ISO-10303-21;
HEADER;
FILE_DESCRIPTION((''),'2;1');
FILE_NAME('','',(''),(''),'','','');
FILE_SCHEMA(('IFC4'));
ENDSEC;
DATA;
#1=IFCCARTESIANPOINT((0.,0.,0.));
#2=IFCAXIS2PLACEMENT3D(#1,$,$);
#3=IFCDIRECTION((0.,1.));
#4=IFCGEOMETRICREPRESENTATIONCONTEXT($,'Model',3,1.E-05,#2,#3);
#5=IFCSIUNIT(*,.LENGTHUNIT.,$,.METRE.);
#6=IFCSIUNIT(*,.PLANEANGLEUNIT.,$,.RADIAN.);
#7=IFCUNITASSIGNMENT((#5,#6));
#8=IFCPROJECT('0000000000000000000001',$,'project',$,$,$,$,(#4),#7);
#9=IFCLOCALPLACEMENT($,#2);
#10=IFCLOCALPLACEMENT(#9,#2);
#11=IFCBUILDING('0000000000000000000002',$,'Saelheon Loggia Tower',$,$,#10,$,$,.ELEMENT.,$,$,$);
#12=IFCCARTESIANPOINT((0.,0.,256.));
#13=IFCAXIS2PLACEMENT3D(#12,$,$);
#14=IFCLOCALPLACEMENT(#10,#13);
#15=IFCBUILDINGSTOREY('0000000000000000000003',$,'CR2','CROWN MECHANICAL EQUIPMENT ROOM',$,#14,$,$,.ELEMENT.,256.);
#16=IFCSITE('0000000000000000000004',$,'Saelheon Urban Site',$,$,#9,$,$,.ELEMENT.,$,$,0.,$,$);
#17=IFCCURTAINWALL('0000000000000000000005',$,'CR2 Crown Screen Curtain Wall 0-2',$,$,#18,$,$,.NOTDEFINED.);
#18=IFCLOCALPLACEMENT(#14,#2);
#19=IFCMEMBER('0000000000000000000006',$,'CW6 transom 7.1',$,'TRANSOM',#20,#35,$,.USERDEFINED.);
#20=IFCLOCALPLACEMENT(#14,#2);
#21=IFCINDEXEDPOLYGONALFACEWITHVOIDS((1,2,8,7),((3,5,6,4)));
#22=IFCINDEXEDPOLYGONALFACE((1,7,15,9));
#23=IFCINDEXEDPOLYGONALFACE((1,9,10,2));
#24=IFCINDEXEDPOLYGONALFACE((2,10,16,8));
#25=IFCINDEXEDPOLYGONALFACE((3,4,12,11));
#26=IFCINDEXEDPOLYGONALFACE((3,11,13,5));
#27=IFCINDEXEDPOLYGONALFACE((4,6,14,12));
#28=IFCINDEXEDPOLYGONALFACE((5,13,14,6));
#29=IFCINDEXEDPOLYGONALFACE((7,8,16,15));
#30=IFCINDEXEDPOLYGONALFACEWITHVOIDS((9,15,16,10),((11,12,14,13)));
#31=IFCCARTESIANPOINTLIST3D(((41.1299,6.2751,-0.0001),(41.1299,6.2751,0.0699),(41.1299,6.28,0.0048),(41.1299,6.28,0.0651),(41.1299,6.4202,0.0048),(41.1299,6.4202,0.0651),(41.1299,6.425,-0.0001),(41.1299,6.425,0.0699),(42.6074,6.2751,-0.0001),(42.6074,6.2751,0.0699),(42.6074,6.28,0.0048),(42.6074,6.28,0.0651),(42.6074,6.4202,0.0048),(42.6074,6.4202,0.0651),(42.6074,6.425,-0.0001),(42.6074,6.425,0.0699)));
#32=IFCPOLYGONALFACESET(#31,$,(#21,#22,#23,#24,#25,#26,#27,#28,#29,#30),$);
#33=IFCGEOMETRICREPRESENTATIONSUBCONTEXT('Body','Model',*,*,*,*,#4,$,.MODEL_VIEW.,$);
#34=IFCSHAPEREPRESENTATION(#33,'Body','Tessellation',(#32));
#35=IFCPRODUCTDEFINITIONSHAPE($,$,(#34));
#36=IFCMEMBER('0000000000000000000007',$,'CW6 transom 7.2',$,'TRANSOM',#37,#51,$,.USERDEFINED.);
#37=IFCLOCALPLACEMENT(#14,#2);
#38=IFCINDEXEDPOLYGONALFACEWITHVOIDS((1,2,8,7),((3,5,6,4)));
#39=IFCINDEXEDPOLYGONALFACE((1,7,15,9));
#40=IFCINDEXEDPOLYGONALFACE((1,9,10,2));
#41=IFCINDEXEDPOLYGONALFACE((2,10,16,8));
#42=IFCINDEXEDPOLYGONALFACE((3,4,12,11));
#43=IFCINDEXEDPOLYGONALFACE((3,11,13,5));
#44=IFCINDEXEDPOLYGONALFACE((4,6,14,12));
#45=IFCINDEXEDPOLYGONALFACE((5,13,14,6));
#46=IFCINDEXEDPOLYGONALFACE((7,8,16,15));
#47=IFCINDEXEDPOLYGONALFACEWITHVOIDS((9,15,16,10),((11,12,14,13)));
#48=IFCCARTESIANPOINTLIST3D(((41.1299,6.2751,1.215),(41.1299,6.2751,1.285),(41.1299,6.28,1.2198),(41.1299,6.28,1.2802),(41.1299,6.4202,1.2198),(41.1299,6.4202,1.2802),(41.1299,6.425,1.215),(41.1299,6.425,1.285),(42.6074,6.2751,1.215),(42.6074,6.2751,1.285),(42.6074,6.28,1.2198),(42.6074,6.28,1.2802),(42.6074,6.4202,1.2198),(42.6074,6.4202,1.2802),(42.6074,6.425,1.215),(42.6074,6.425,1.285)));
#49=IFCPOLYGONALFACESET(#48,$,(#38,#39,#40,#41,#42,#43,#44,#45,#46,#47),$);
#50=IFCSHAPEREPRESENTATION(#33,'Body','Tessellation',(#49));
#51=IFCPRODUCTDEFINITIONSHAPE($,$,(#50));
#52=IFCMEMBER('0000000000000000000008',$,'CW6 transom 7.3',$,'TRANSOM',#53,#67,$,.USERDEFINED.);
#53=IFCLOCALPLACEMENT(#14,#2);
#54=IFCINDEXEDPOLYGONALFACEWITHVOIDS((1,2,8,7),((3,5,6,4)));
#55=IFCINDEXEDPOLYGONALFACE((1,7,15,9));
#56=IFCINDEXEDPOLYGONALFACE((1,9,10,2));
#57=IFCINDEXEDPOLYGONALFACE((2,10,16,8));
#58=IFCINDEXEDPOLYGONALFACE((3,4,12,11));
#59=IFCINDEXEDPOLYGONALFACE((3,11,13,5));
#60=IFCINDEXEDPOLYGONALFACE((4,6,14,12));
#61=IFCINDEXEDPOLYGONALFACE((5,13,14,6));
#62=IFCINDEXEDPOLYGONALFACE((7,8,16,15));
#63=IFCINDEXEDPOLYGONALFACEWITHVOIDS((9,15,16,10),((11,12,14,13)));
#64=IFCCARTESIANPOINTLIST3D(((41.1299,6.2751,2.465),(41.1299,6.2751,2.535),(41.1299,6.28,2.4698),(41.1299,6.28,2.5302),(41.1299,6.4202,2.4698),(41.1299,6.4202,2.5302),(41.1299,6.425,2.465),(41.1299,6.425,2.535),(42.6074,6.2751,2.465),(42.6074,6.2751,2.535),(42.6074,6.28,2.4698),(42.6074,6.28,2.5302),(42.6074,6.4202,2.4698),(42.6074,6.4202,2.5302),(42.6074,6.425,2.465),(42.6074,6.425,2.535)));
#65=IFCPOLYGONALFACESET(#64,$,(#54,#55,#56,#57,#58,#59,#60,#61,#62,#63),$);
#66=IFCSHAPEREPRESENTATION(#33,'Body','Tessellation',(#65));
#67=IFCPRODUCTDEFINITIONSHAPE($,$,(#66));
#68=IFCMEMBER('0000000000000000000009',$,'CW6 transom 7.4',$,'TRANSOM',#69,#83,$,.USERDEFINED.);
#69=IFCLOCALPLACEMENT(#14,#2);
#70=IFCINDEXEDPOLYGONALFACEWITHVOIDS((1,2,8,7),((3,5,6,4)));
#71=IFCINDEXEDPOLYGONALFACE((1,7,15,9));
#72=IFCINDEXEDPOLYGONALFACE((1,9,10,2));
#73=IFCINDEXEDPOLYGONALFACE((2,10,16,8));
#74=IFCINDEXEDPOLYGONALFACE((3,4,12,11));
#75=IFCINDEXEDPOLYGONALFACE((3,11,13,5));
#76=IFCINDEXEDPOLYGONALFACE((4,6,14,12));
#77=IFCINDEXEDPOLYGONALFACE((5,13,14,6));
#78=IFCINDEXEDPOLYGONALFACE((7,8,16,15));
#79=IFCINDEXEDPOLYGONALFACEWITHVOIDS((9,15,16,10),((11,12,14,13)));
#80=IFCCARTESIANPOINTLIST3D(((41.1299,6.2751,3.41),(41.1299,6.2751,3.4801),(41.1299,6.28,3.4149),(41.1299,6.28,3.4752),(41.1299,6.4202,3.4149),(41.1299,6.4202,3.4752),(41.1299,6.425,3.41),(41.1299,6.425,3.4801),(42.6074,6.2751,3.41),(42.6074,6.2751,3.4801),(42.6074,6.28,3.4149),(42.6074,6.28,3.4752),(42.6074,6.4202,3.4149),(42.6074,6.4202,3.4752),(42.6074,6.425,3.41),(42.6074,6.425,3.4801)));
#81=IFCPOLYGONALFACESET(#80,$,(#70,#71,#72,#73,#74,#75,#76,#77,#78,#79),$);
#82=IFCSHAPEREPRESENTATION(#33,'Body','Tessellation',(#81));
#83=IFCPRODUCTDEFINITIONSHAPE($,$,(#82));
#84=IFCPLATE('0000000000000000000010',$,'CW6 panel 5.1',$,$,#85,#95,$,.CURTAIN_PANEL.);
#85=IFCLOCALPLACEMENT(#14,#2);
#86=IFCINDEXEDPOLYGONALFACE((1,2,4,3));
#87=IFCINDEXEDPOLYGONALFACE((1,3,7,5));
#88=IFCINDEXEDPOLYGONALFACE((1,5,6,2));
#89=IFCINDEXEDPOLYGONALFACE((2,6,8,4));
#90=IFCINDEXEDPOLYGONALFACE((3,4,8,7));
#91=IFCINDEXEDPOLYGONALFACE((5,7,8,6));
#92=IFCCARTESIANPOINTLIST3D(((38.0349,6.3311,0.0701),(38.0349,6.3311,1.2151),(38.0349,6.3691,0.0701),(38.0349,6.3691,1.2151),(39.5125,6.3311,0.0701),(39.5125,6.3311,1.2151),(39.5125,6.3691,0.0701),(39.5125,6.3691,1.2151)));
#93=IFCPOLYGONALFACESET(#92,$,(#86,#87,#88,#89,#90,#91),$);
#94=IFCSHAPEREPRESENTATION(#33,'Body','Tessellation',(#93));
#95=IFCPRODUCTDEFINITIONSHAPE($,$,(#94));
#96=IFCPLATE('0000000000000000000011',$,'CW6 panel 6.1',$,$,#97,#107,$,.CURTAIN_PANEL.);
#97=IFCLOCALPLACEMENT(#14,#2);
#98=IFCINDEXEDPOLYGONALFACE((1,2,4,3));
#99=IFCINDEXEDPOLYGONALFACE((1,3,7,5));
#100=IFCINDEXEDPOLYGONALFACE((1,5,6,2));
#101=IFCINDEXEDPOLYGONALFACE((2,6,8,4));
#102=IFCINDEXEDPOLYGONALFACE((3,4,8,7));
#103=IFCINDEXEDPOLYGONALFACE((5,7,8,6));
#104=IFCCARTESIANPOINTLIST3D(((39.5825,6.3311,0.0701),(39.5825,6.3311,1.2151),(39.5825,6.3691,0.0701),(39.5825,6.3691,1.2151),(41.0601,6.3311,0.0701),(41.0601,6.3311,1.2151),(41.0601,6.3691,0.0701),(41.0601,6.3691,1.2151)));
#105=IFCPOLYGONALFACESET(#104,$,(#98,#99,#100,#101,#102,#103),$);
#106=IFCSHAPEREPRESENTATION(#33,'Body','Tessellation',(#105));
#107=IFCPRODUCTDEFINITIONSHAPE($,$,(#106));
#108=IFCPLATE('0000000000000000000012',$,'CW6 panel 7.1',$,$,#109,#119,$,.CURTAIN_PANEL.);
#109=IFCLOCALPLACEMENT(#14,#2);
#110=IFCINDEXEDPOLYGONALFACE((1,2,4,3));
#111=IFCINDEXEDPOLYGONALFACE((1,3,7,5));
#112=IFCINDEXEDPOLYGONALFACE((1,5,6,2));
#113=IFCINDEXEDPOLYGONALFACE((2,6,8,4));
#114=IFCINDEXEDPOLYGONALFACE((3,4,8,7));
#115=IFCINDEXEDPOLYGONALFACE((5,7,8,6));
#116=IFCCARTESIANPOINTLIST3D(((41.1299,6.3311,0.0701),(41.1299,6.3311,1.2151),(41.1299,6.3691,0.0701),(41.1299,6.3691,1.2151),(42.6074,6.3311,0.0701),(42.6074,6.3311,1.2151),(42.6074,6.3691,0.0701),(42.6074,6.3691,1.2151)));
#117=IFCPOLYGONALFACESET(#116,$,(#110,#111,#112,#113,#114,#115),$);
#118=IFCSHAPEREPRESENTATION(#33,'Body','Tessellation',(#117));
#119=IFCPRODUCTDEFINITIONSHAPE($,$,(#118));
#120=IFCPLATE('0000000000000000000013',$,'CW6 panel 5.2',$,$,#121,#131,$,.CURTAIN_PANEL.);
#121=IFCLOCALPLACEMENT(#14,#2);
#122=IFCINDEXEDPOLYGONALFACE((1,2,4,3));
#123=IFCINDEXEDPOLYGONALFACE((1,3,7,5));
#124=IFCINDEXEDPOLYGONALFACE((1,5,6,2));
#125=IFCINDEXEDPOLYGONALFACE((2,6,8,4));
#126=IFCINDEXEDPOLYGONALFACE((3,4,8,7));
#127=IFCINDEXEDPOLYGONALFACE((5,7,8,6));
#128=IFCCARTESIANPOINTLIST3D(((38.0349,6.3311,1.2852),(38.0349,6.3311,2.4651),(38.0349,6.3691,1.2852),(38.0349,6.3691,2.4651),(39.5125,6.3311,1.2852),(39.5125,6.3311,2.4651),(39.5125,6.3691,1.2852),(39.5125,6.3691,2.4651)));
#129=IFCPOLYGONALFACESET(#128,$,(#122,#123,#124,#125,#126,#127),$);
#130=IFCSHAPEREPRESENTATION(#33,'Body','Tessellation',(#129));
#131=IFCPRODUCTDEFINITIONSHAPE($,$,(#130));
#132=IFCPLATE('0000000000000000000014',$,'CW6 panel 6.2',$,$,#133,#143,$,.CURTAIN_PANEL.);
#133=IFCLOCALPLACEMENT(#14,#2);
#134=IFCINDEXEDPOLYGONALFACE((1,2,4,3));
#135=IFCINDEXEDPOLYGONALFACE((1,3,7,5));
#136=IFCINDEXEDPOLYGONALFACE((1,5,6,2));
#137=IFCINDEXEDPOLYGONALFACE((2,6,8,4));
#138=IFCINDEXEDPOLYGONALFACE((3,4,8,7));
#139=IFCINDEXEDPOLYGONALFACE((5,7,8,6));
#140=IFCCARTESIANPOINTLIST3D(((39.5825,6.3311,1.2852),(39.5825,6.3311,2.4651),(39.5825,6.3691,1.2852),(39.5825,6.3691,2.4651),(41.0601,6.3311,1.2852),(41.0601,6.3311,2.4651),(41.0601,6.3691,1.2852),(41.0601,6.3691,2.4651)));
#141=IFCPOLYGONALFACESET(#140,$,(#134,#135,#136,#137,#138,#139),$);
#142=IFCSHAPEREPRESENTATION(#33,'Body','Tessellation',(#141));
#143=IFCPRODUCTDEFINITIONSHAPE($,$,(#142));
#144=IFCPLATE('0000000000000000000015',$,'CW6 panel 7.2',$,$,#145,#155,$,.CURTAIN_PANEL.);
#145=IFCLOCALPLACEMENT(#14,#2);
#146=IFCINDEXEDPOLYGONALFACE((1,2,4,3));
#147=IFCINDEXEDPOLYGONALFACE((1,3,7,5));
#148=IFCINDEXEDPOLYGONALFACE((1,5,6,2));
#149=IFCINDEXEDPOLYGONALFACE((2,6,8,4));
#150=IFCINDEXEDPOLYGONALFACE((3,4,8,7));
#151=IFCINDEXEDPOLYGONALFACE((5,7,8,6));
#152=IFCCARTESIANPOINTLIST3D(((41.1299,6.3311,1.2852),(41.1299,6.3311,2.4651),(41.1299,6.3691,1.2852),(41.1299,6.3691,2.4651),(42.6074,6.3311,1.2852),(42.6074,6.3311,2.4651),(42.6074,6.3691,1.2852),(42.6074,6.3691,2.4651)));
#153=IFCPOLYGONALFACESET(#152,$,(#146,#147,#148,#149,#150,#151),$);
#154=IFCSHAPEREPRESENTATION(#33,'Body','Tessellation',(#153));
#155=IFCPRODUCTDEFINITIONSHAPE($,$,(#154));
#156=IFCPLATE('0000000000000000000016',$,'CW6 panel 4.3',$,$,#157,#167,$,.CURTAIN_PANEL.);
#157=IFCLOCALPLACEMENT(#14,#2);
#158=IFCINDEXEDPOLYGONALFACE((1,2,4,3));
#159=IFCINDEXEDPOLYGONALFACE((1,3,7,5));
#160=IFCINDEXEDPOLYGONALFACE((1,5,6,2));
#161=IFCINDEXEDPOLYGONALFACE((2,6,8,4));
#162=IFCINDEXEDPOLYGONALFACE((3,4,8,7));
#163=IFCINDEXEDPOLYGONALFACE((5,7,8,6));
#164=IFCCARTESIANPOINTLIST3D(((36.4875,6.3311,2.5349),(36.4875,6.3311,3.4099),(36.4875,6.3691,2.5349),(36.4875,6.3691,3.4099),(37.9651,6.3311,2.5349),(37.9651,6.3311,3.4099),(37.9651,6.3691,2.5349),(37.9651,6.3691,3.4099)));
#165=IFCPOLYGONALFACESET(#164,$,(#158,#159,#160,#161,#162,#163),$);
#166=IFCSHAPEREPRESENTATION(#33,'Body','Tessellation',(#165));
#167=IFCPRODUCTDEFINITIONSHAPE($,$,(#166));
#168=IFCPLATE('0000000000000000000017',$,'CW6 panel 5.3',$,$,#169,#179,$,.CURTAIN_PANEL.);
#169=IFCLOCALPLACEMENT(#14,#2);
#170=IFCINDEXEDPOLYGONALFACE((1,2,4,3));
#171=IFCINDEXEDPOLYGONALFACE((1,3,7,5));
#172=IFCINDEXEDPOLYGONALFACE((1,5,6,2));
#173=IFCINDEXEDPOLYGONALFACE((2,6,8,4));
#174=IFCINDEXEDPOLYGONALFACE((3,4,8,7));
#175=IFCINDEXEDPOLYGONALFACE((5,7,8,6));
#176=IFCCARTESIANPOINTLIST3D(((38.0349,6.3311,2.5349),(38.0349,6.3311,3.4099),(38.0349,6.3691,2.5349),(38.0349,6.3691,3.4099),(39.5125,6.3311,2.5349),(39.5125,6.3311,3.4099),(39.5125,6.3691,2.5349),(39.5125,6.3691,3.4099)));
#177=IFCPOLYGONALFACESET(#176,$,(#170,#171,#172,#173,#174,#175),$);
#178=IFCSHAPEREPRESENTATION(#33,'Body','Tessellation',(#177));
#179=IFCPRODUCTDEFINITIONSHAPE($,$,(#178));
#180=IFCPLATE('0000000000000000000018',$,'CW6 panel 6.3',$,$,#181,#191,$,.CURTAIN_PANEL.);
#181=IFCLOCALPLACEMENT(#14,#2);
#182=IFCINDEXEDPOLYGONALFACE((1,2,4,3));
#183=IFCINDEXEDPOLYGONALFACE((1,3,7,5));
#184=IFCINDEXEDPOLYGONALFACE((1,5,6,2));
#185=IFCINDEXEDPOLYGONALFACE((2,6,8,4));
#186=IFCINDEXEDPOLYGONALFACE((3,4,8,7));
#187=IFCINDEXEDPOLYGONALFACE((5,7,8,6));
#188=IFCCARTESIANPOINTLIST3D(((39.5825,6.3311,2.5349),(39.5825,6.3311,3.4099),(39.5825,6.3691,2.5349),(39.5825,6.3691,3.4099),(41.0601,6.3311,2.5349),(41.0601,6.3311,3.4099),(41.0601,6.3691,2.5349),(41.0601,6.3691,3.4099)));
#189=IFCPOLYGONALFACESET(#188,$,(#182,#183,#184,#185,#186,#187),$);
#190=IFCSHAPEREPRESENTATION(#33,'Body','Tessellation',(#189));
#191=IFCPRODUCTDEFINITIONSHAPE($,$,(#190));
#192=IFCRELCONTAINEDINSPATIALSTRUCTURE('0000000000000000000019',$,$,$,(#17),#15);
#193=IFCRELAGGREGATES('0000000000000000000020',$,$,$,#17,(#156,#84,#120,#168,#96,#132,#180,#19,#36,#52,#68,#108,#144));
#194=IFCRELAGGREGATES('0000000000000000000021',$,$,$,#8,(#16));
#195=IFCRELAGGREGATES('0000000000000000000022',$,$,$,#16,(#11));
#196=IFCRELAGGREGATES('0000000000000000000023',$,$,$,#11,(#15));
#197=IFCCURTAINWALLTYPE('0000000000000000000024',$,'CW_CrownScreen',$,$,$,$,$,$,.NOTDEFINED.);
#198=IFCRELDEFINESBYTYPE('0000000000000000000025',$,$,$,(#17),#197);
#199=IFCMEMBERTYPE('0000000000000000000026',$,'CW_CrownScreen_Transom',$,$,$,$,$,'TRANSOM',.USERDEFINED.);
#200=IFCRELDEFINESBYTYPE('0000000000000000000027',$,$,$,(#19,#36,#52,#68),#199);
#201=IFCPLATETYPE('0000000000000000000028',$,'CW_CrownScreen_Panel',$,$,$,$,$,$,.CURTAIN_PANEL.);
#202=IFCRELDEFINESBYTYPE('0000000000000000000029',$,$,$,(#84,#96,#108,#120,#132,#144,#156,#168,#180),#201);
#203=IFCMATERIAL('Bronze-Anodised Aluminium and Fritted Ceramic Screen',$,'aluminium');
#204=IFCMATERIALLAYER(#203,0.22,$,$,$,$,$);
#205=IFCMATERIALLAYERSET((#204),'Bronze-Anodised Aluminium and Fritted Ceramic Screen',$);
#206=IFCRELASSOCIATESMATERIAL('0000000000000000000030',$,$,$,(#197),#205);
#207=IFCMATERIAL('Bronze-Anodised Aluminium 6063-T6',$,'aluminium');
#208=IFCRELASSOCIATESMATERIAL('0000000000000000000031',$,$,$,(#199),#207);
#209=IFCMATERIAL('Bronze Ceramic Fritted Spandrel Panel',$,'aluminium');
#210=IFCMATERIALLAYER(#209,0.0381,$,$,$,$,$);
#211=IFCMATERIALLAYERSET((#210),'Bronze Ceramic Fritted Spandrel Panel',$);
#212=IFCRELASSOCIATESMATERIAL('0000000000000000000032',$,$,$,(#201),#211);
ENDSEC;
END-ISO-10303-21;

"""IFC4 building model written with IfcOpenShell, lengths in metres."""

from ifc_helpers import new_model, si_unit, direction, frame, origin, origin_2d, place, context, subcontext, project, spatial, rectangle, hollow_rectangle, extrude, source, transform, mapped, material, layer, layer_set, material_profile, profile_set, type_object, element, aggregate, save


model = new_model("IFC4")

# Units and contexts
model_context = context("Model", 3, precision=1e-05, world=origin(), true_north=direction((0.0, 1.0)))
body_context = subcontext(model_context, "Body", "Model", "MODEL_VIEW")
ifc_project = project(units=[si_unit("LENGTHUNIT", "METRE"), si_unit("PLANEANGLEUNIT", "RADIAN")], contexts=[model_context])

# Site, building, storey
site_placement = place(None, origin())
site = spatial("IfcSite", under=ifc_project, at=site_placement, Name="Saelheon Urban Site", CompositionType="ELEMENT", RefElevation=0.0)
building_placement = place(site_placement, origin())
building = spatial("IfcBuilding", under=site, at=building_placement, Name="Saelheon Loggia Tower", CompositionType="ELEMENT")
storey_placement = place(building_placement, frame((0.0, 0.0, 256.0)))
storey = spatial("IfcBuildingStorey", under=building, at=storey_placement, Name="CR2", Description="CROWN MECHANICAL EQUIPMENT ROOM", CompositionType="ELEMENT", Elevation=256.0)

# Curtain wall, members, plates
ifc_material_1 = material(Name="Bronze-Anodised Aluminium and Fritted Ceramic Screen", Category="aluminium")
ifc_layer_1 = layer(ifc_material_1, 0.22)
ifc_layer_set_1 = layer_set([ifc_layer_1], Name="Bronze-Anodised Aluminium and Fritted Ceramic Screen")
curtain_wall_type = type_object("IfcCurtainWallType", Name="CW_CrownScreen", PredefinedType="NOTDEFINED", material=ifc_layer_set_1)
curtain_wall_placement = place(storey_placement, origin())
curtain_wall = element("IfcCurtainWall", 1, at=curtain_wall_placement, inside=storey, type_object=curtain_wall_type, Name="CR2 Crown Screen Curtain Wall 0-2", PredefinedType="NOTDEFINED")
ifc_material_2 = material(Name="Bronze-Anodised Aluminium 6063-T6", Category="aluminium")
ifc_material_profile_1 = material_profile(ifc_material_2, hollow_rectangle(XDim=0.0701, YDim=0.1499, WallThickness=0.0049, at=origin_2d()), Name="RHS-150x70x5")
ifc_profile_set_1 = profile_set([ifc_material_profile_1], Name="Bronze-Anodised Aluminium 6063-T6")
member_type_1 = type_object("IfcMemberType", Name="CW_CrownScreen_Transom", ElementType="TRANSOM", PredefinedType="USERDEFINED", material=ifc_profile_set_1)
shared_shape_1 = source(origin(), body_context, "Body", "SweptSolid", [
    extrude(hollow_rectangle(XDim=0.0701, YDim=0.1499, WallThickness=0.0049, at=origin_2d()), origin(), (0.0, 0.0, 1.0), 1.4775),
])
member_1_placement = place(storey_placement, frame((41.1299, 6.3501, 0.0349), z_axis=(1.0, 0.0, 0.0), x_axis=(0.0, 0.0, 1.0)))
member_1 = element("IfcMember", 2, at=member_1_placement, type_object=member_type_1, Name="CW6 transom 7.1", ObjectType="TRANSOM", PredefinedType="USERDEFINED", context=body_context, shape_type="MappedRepresentation", body=[
    mapped(shared_shape_1, transform((0.0, 0.0, 0.0), scale=1.0)),
])
member_2_placement = place(storey_placement, frame((41.1299, 6.3501, 1.25), z_axis=(1.0, 0.0, 0.0), x_axis=(0.0, 0.0, 1.0)))
member_2 = element("IfcMember", 3, at=member_2_placement, type_object=member_type_1, Name="CW6 transom 7.2", ObjectType="TRANSOM", PredefinedType="USERDEFINED", context=body_context, shape_type="MappedRepresentation", body=[
    mapped(shared_shape_1, transform((0.0, 0.0, 0.0), scale=1.0)),
])
member_3_placement = place(storey_placement, frame((41.1299, 6.3501, 2.5), z_axis=(1.0, 0.0, 0.0), x_axis=(0.0, 0.0, 1.0)))
member_3 = element("IfcMember", 4, at=member_3_placement, type_object=member_type_1, Name="CW6 transom 7.3", ObjectType="TRANSOM", PredefinedType="USERDEFINED", context=body_context, shape_type="MappedRepresentation", body=[
    mapped(shared_shape_1, transform((0.0, 0.0, 0.0), scale=1.0)),
])
member_4_placement = place(storey_placement, frame((41.1299, 6.3501, 3.4451), z_axis=(1.0, 0.0, 0.0), x_axis=(0.0, 0.0, 1.0)))
member_4 = element("IfcMember", 5, at=member_4_placement, type_object=member_type_1, Name="CW6 transom 7.4", ObjectType="TRANSOM", PredefinedType="USERDEFINED", context=body_context, shape_type="MappedRepresentation", body=[
    mapped(shared_shape_1, transform((0.0, 0.0, 0.0), scale=1.0)),
])
ifc_material_3 = material(Name="Bronze Ceramic Fritted Spandrel Panel", Category="aluminium")
ifc_layer_2 = layer(ifc_material_3, 0.0381)
ifc_layer_set_2 = layer_set([ifc_layer_2], Name="Bronze Ceramic Fritted Spandrel Panel")
plate_type = type_object("IfcPlateType", Name="CW_CrownScreen_Panel", PredefinedType="CURTAIN_PANEL", material=ifc_layer_set_2)
shared_shape_2 = source(origin(), body_context, "Body", "SweptSolid", [
    extrude(rectangle(XDim=1.4775, YDim=0.0381, at=origin_2d()), origin(), (0.0, 0.0, 1.0), 1.145),
])
plate_1_placement = place(storey_placement, frame((38.7737, 6.3501, 0.0701), z_axis=(0.0, 0.0, 1.0), x_axis=(1.0, 0.0, 0.0)))
plate_1 = element("IfcPlate", 6, at=plate_1_placement, type_object=plate_type, Name="CW6 panel 5.1", PredefinedType="CURTAIN_PANEL", context=body_context, shape_type="MappedRepresentation", body=[
    mapped(shared_shape_2, transform((0.0, 0.0, 0.0), scale=1.0)),
])
plate_2_placement = place(storey_placement, frame((40.3213, 6.3501, 0.0701), z_axis=(0.0, 0.0, 1.0), x_axis=(1.0, 0.0, 0.0)))
plate_2 = element("IfcPlate", 7, at=plate_2_placement, type_object=plate_type, Name="CW6 panel 6.1", PredefinedType="CURTAIN_PANEL", context=body_context, shape_type="MappedRepresentation", body=[
    mapped(shared_shape_2, transform((0.0, 0.0, 0.0), scale=1.0)),
])
plate_3_placement = place(storey_placement, frame((41.8687, 6.3501, 0.0701), z_axis=(0.0, 0.0, 1.0), x_axis=(1.0, 0.0, 0.0)))
plate_3 = element("IfcPlate", 8, at=plate_3_placement, type_object=plate_type, Name="CW6 panel 7.1", PredefinedType="CURTAIN_PANEL", context=body_context, shape_type="MappedRepresentation", body=[
    mapped(shared_shape_2, transform((0.0, 0.0, 0.0), scale=1.0)),
])
shared_shape_3 = source(origin(), body_context, "Body", "SweptSolid", [
    extrude(rectangle(XDim=1.4775, YDim=0.0381, at=origin_2d()), origin(), (0.0, 0.0, 1.0), 1.1799),
])
plate_4_placement = place(storey_placement, frame((38.7737, 6.3501, 1.2852), z_axis=(0.0, 0.0, 1.0), x_axis=(1.0, 0.0, 0.0)))
plate_4 = element("IfcPlate", 9, at=plate_4_placement, type_object=plate_type, Name="CW6 panel 5.2", PredefinedType="CURTAIN_PANEL", context=body_context, shape_type="MappedRepresentation", body=[
    mapped(shared_shape_3, transform((0.0, 0.0, 0.0), scale=1.0)),
])
plate_5_placement = place(storey_placement, frame((40.3213, 6.3501, 1.2852), z_axis=(0.0, 0.0, 1.0), x_axis=(1.0, 0.0, 0.0)))
plate_5 = element("IfcPlate", 10, at=plate_5_placement, type_object=plate_type, Name="CW6 panel 6.2", PredefinedType="CURTAIN_PANEL", context=body_context, shape_type="MappedRepresentation", body=[
    mapped(shared_shape_3, transform((0.0, 0.0, 0.0), scale=1.0)),
])
plate_6_placement = place(storey_placement, frame((41.8687, 6.3501, 1.2852), z_axis=(0.0, 0.0, 1.0), x_axis=(1.0, 0.0, 0.0)))
plate_6 = element("IfcPlate", 11, at=plate_6_placement, type_object=plate_type, Name="CW6 panel 7.2", PredefinedType="CURTAIN_PANEL", context=body_context, shape_type="MappedRepresentation", body=[
    mapped(shared_shape_3, transform((0.0, 0.0, 0.0), scale=1.0)),
])
shared_shape_4 = source(origin(), body_context, "Body", "SweptSolid", [
    extrude(rectangle(XDim=1.4775, YDim=0.0381, at=origin_2d()), origin(), (0.0, 0.0, 1.0), 0.875),
])
plate_7_placement = place(storey_placement, frame((37.2263, 6.3501, 2.5349), z_axis=(0.0, 0.0, 1.0), x_axis=(1.0, 0.0, 0.0)))
plate_7 = element("IfcPlate", 12, at=plate_7_placement, type_object=plate_type, Name="CW6 panel 4.3", PredefinedType="CURTAIN_PANEL", context=body_context, shape_type="MappedRepresentation", body=[
    mapped(shared_shape_4, transform((0.0, 0.0, 0.0), scale=1.0)),
])
plate_8_placement = place(storey_placement, frame((38.7737, 6.3501, 2.5349), z_axis=(0.0, 0.0, 1.0), x_axis=(1.0, 0.0, 0.0)))
plate_8 = element("IfcPlate", 13, at=plate_8_placement, type_object=plate_type, Name="CW6 panel 5.3", PredefinedType="CURTAIN_PANEL", context=body_context, shape_type="MappedRepresentation", body=[
    mapped(shared_shape_4, transform((0.0, 0.0, 0.0), scale=1.0)),
])
plate_9_placement = place(storey_placement, frame((40.3213, 6.3501, 2.5349), z_axis=(0.0, 0.0, 1.0), x_axis=(1.0, 0.0, 0.0)))
plate_9 = element("IfcPlate", 14, at=plate_9_placement, type_object=plate_type, Name="CW6 panel 6.3", PredefinedType="CURTAIN_PANEL", context=body_context, shape_type="MappedRepresentation", body=[
    mapped(shared_shape_4, transform((0.0, 0.0, 0.0), scale=1.0)),
])
aggregate(curtain_wall, [plate_7, plate_1, plate_4, plate_8, plate_2, plate_5, plate_9, member_1, member_2, member_3, member_4, plate_3, plate_6])

save(model, "model.ifc")
